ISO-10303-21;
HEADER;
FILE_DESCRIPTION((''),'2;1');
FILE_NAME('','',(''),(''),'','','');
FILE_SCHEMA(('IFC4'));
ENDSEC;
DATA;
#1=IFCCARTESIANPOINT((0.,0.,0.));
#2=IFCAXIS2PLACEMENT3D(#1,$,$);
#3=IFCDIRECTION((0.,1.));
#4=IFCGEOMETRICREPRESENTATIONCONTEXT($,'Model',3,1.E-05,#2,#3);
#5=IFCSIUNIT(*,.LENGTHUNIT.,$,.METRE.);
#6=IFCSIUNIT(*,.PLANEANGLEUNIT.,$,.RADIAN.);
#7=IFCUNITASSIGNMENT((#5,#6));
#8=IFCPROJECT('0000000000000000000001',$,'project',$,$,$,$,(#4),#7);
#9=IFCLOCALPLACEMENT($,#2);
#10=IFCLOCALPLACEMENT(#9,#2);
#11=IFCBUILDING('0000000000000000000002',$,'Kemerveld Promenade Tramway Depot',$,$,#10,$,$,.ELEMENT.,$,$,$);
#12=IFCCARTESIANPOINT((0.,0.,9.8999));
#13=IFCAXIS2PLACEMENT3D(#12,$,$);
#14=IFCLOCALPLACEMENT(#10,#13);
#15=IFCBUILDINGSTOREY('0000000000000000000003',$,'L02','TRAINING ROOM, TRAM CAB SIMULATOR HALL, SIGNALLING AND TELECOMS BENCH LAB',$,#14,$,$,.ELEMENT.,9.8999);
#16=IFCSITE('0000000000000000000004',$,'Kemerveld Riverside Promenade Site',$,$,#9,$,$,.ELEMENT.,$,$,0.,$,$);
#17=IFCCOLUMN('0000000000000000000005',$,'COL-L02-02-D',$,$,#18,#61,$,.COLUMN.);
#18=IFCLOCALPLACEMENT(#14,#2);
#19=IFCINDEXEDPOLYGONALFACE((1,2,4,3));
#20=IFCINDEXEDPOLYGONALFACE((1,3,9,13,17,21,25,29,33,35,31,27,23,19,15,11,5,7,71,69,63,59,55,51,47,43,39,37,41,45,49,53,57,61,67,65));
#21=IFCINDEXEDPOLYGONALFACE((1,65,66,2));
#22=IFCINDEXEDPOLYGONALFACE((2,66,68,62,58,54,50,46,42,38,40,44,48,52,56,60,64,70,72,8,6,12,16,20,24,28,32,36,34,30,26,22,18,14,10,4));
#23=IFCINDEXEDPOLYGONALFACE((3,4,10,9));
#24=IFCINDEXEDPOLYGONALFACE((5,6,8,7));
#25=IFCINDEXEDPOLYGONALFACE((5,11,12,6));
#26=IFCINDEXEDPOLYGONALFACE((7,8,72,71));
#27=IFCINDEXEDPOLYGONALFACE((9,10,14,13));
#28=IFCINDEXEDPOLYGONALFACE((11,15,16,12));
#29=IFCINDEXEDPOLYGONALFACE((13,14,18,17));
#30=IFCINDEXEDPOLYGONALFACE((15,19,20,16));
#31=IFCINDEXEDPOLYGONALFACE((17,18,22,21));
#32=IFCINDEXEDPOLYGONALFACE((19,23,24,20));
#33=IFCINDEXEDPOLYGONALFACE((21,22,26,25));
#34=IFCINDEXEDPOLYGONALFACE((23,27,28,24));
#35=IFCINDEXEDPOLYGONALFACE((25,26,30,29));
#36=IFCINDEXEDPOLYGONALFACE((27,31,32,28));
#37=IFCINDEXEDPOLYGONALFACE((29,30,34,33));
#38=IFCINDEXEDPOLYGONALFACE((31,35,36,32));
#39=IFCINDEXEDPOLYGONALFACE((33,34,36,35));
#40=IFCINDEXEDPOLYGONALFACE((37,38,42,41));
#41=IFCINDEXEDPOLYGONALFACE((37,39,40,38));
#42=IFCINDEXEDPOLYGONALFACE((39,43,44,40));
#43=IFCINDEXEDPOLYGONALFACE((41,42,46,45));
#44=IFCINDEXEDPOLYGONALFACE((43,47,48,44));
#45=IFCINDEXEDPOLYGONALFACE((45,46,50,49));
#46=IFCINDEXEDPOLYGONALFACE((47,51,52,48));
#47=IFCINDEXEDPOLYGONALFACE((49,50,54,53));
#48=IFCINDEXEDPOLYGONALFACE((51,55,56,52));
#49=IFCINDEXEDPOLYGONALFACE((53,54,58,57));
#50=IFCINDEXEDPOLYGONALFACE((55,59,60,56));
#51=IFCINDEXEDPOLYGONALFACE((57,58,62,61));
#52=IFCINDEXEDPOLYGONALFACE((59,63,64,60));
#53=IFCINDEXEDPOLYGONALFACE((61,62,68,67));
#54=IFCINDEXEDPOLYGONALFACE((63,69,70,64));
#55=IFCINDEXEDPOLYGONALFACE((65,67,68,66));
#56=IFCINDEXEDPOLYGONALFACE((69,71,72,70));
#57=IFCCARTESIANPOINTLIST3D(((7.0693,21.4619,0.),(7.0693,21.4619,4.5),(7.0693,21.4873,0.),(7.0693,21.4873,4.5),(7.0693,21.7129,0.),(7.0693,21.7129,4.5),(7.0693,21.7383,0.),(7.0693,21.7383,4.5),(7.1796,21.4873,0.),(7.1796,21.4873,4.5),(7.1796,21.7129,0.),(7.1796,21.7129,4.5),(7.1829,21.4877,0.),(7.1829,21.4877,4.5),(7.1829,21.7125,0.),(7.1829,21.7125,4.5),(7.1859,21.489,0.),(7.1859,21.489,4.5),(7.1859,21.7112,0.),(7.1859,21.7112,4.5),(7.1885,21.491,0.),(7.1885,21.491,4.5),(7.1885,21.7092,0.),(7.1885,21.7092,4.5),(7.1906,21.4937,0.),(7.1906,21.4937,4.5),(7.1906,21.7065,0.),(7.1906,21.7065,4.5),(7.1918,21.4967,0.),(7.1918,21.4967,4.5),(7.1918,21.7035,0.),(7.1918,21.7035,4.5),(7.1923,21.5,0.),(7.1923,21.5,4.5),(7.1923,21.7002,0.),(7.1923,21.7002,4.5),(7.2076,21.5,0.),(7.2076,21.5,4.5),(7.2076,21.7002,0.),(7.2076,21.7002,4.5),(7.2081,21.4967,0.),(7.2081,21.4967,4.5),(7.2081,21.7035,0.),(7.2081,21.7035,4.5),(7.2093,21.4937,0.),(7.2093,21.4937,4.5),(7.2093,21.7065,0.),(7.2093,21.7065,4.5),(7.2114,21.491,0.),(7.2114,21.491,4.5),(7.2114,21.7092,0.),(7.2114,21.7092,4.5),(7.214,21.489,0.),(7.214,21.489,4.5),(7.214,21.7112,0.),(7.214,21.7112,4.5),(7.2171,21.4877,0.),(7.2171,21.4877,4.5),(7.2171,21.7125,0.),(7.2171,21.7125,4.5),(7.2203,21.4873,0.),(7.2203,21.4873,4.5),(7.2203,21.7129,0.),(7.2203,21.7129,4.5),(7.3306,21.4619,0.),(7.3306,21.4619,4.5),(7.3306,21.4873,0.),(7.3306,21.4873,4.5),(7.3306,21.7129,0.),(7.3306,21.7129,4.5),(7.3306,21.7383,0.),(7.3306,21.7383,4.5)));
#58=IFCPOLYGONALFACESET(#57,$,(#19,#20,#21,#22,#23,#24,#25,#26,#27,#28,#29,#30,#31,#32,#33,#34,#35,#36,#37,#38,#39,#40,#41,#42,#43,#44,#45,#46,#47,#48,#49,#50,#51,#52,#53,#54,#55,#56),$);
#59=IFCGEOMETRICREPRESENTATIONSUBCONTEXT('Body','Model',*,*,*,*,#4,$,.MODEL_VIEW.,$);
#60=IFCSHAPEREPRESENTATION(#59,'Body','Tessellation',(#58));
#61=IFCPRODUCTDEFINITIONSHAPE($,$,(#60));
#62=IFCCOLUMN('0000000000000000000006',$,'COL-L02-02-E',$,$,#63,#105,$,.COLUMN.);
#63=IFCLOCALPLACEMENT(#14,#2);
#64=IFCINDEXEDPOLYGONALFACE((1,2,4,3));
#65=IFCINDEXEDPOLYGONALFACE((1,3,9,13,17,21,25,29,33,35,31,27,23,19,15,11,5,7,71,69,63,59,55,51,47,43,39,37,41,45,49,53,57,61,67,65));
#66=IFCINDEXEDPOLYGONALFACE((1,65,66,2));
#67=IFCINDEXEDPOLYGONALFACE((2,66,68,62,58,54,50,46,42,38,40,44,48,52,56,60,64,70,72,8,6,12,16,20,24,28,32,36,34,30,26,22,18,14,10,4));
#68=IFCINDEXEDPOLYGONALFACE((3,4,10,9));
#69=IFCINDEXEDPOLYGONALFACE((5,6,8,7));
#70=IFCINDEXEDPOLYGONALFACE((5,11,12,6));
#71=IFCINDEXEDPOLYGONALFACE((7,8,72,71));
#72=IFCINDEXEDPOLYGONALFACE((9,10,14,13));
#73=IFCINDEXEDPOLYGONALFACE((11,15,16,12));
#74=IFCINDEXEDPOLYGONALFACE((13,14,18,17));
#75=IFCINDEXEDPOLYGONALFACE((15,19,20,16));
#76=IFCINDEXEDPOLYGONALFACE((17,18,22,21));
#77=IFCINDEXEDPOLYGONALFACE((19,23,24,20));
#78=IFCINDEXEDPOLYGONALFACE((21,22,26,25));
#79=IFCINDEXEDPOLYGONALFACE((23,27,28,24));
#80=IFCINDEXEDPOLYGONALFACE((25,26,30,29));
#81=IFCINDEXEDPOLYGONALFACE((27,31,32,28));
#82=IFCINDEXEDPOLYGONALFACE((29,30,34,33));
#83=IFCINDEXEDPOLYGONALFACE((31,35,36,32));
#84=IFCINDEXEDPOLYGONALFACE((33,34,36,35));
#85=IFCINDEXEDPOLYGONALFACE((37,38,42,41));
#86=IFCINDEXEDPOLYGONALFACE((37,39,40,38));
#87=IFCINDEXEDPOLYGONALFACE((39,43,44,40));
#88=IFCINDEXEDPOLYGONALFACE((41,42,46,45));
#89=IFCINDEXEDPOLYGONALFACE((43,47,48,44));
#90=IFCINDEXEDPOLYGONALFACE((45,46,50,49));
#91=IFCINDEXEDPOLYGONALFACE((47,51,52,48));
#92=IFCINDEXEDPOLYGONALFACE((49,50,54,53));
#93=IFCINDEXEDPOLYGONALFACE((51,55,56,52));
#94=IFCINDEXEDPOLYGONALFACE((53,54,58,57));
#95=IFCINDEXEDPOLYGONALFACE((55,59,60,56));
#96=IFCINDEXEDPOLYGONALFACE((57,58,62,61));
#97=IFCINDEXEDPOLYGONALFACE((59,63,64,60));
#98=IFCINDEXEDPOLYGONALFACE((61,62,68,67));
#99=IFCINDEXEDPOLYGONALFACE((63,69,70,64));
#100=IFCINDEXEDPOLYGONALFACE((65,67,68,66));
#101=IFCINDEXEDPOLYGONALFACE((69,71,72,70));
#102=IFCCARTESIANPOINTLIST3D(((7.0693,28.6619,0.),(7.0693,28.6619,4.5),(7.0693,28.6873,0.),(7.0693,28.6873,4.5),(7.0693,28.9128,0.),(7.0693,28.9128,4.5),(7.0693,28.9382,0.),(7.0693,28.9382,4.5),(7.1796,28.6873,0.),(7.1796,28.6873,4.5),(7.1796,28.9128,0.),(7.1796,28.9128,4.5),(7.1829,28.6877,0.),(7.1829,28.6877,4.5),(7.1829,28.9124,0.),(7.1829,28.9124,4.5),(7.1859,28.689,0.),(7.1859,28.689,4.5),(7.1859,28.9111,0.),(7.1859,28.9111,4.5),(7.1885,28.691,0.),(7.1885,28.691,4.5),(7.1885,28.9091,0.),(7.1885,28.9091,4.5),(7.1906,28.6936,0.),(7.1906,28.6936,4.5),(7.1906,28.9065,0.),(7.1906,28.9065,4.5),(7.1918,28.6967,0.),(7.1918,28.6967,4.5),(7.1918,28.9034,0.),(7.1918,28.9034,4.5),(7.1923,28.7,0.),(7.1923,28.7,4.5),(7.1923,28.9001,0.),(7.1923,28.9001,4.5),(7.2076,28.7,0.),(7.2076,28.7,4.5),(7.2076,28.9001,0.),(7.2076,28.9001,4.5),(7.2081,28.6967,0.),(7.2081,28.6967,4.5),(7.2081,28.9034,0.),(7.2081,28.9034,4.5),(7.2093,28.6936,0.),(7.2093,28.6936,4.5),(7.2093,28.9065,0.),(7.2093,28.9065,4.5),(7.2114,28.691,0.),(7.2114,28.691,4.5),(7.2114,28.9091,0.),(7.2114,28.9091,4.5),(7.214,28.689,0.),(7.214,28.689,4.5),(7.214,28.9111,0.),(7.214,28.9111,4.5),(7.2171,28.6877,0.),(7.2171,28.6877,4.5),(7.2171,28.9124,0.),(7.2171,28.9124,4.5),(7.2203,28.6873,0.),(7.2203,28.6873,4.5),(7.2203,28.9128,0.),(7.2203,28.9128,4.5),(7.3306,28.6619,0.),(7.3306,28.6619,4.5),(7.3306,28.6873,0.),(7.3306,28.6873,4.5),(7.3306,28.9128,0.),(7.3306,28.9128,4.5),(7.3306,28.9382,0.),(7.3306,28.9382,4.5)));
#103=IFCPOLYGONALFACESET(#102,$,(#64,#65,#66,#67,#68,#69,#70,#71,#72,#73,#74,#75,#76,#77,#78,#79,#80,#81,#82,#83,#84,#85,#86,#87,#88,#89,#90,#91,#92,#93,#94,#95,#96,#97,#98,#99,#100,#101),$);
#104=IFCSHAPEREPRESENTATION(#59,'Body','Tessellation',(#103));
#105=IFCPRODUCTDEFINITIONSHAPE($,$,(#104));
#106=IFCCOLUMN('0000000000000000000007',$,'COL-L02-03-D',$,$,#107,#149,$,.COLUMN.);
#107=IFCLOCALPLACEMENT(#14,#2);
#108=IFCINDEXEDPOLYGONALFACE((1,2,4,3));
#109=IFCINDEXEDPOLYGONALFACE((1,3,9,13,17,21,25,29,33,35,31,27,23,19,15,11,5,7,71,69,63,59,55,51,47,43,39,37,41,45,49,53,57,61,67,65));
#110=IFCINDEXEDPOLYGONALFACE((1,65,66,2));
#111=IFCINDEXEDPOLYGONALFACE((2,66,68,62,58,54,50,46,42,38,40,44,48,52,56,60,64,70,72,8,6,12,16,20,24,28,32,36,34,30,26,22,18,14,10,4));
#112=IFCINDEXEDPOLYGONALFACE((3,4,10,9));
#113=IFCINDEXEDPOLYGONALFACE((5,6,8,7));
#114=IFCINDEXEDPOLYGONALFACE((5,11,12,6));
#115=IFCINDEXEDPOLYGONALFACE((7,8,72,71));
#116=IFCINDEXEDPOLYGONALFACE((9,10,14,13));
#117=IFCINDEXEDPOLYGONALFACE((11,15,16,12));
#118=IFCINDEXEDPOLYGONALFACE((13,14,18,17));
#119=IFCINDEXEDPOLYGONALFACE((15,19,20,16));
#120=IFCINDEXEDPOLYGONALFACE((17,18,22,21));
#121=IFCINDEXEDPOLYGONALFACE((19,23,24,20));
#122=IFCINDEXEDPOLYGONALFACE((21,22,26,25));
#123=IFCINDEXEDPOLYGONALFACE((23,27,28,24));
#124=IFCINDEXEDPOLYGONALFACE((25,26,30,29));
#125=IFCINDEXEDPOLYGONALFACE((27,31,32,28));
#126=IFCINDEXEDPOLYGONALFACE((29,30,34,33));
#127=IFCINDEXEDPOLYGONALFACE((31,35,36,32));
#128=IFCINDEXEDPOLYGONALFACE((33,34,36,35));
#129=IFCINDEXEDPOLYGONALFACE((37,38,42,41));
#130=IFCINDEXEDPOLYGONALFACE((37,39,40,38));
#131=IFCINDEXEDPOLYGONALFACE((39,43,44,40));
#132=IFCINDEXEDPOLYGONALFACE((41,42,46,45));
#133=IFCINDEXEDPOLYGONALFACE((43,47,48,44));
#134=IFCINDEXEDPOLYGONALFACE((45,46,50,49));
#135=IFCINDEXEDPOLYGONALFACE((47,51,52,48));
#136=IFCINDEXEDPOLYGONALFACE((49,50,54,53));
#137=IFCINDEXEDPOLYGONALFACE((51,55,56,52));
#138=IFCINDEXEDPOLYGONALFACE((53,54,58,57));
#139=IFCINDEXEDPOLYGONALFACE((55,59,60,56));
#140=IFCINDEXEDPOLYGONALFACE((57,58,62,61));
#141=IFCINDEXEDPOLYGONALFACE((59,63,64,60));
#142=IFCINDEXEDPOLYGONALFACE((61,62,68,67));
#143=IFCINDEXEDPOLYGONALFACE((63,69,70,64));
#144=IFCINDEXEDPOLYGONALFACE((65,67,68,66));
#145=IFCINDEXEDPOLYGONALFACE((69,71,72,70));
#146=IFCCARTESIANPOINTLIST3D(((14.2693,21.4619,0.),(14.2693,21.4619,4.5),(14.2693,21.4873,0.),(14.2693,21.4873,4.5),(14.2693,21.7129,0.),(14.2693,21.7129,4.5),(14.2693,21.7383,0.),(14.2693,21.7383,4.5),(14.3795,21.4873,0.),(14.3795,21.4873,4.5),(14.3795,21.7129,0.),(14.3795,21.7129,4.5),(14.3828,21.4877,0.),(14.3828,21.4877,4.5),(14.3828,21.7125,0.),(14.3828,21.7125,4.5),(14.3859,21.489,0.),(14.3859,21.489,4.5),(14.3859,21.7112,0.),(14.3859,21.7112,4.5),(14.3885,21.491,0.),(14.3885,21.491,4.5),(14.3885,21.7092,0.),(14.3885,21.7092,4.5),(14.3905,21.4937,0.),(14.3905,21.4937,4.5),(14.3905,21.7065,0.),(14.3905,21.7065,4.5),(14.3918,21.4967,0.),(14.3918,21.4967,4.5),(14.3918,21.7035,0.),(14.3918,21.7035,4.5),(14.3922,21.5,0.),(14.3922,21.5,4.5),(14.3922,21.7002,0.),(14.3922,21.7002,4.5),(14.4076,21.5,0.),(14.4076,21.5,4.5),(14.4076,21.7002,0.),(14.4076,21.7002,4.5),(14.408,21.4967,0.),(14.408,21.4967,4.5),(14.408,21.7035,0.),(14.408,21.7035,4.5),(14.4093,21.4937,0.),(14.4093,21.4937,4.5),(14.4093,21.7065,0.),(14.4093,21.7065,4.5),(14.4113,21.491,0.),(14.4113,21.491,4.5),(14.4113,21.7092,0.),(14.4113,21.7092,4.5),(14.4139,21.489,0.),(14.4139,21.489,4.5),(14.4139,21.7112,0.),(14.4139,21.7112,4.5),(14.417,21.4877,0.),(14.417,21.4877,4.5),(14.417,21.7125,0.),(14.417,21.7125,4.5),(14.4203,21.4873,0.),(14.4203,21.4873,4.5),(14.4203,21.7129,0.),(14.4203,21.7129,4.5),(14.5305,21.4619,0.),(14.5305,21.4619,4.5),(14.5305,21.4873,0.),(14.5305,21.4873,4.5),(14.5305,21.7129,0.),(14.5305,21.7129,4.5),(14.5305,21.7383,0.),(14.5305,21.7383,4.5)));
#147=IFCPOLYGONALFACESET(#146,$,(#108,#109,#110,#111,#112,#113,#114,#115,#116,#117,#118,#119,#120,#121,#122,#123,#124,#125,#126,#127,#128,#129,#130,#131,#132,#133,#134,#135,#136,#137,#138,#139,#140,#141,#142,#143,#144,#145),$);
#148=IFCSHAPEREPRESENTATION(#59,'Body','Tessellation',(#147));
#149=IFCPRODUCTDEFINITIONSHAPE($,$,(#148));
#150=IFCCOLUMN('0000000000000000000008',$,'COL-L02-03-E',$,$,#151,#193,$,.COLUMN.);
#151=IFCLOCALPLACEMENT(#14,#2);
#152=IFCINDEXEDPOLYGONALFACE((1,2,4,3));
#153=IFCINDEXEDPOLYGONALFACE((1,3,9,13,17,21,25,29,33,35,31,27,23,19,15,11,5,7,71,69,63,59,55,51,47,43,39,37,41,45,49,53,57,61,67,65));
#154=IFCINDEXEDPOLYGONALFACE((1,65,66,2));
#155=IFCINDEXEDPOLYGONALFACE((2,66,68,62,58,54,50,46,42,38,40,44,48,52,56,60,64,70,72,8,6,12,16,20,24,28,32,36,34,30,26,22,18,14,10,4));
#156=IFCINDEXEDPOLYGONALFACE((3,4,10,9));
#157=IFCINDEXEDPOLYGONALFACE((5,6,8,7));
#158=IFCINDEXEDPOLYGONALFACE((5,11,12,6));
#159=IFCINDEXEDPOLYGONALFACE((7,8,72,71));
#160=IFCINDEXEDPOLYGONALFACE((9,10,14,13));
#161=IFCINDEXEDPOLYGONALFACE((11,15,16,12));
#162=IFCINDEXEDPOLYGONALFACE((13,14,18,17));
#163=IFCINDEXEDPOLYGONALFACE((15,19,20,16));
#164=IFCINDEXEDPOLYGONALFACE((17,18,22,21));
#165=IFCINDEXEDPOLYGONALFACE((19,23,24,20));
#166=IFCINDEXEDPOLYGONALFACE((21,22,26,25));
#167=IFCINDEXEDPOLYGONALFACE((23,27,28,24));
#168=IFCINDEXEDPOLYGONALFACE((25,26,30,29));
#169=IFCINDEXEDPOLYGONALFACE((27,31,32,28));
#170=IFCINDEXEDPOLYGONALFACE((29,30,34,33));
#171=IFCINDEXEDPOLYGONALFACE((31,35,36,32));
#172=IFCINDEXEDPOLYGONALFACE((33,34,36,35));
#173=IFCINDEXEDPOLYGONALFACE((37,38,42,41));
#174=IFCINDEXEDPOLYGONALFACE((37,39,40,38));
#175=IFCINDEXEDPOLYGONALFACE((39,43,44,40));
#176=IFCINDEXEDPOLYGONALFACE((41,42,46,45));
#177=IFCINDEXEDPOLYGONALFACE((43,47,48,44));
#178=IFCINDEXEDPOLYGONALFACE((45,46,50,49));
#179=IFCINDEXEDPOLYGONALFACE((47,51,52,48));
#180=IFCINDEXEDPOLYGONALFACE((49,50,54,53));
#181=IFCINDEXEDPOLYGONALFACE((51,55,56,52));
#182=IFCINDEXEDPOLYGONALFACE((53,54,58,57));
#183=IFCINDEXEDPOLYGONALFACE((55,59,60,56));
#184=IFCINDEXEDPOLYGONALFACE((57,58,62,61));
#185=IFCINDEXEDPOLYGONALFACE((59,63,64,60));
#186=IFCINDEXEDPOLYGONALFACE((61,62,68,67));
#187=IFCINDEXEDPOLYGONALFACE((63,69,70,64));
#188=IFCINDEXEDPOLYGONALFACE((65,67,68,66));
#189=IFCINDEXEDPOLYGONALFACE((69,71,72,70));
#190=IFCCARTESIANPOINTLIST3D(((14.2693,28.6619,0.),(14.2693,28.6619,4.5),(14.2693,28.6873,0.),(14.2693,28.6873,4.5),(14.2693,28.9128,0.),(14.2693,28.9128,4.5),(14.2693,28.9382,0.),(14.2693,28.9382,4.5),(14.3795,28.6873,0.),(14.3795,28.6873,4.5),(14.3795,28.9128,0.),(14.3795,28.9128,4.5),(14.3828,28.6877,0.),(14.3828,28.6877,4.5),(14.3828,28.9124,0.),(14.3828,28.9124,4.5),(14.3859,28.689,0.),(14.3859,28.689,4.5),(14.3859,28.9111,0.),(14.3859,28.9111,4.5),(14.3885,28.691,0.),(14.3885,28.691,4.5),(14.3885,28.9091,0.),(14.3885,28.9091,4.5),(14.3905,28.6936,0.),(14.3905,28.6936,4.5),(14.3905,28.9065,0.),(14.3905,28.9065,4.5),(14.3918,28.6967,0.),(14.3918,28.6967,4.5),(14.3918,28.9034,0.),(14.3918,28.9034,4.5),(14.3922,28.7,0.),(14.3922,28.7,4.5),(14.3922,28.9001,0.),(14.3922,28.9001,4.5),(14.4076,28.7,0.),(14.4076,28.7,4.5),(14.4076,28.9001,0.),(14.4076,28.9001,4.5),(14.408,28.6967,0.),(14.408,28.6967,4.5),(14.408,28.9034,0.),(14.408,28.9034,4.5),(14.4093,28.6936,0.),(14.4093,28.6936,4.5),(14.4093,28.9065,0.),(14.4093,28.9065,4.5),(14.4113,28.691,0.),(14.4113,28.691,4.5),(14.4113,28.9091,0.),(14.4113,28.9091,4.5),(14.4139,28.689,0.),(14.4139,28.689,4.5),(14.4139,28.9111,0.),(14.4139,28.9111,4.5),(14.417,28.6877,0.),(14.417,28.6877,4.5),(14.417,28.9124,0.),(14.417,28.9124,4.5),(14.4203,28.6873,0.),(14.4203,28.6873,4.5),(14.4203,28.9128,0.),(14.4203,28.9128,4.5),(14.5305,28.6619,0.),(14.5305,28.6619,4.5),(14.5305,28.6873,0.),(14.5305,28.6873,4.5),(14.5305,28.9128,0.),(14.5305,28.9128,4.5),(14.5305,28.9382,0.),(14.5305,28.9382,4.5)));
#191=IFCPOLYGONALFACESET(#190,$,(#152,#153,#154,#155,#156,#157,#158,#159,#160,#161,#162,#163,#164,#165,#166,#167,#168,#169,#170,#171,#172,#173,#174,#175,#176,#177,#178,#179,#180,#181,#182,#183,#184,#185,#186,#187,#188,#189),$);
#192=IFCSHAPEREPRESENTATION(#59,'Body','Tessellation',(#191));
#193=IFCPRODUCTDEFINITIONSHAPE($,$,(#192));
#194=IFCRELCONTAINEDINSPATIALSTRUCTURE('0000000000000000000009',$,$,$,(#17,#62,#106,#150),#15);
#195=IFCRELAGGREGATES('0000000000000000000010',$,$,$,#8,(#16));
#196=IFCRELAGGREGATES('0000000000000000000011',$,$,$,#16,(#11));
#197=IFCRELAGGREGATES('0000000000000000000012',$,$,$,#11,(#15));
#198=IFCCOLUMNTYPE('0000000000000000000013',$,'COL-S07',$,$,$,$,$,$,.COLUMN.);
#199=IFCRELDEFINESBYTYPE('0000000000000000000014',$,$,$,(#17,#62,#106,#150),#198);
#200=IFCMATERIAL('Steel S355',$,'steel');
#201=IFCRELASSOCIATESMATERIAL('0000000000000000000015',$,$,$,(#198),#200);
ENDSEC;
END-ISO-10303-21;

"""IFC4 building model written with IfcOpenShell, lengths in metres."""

from ifc_helpers import new_model, si_unit, direction, frame, origin, origin_2d, place, context, subcontext, project, spatial, i_section, extrude, material, material_profile, profile_set, type_object, element, save


model = new_model("IFC4")

# Units and contexts
model_context = context("Model", 3, precision=1e-05, world=origin(), true_north=direction((0.0, 1.0)))
body_context = subcontext(model_context, "Body", "Model", "MODEL_VIEW")
ifc_project = project(units=[si_unit("LENGTHUNIT", "METRE"), si_unit("PLANEANGLEUNIT", "RADIAN")], contexts=[model_context])

# Site, building, storey
site_placement = place(None, origin())
site = spatial("IfcSite", under=ifc_project, at=site_placement, Name="Kemerveld Riverside Promenade Site", CompositionType="ELEMENT", RefElevation=0.0)
building_placement = place(site_placement, origin())
building = spatial("IfcBuilding", under=site, at=building_placement, Name="Kemerveld Promenade Tramway Depot", CompositionType="ELEMENT")
storey_placement = place(building_placement, frame((0.0, 0.0, 9.8999)))
storey = spatial("IfcBuildingStorey", under=building, at=storey_placement, Name="L02", Description="TRAINING ROOM, TRAM CAB SIMULATOR HALL, SIGNALLING AND TELECOMS BENCH LAB", CompositionType="ELEMENT", Elevation=9.8999)

# Columns
ifc_material_1 = material(Name="Steel S355", Category="steel")
ifc_material_profile_1 = material_profile(ifc_material_1, i_section(OverallWidth=0.2612, OverallDepth=0.2764, WebThickness=0.0154, FlangeThickness=0.0254, FilletRadius=0.0127, at=origin_2d()), Name="254x254x132 UC")
ifc_profile_set_1 = profile_set([ifc_material_profile_1], Name="Steel S355")
column_type = type_object("IfcColumnType", Name="COL-S07", PredefinedType="COLUMN", material=ifc_profile_set_1)
for number, where, z_axis, x_axis, name in (
    (1, (7.2, 21.6001, 0.0), (0.0, 0.0, 1.0), (1.0, 0.0, 0.0), "COL-L02-02-D"),
    (2, (7.2, 28.8, 0.0), (0.0, 0.0, 1.0), (1.0, 0.0, 0.0), "COL-L02-02-E"),
    (3, (14.3999, 21.6001, 0.0), (0.0, 0.0, 1.0), (1.0, 0.0, 0.0), "COL-L02-03-D"),
    (4, (14.3999, 28.8, 0.0), (0.0, 0.0, 1.0), (1.0, 0.0, 0.0), "COL-L02-03-E"),
):
    element("IfcColumn", number, at=place(storey_placement, frame(where, z_axis=z_axis, x_axis=x_axis)), inside=storey, type_object=column_type, Name=name, PredefinedType="COLUMN", context=body_context, shape_type="SweptSolid", body=[
        extrude(i_section(OverallWidth=0.2612, OverallDepth=0.2764, WebThickness=0.0154, FlangeThickness=0.0254, FilletRadius=0.0127, at=origin_2d()), origin(), (0.0, 0.0, 1.0), 4.5),
    ])

save(model, "model.ifc")
